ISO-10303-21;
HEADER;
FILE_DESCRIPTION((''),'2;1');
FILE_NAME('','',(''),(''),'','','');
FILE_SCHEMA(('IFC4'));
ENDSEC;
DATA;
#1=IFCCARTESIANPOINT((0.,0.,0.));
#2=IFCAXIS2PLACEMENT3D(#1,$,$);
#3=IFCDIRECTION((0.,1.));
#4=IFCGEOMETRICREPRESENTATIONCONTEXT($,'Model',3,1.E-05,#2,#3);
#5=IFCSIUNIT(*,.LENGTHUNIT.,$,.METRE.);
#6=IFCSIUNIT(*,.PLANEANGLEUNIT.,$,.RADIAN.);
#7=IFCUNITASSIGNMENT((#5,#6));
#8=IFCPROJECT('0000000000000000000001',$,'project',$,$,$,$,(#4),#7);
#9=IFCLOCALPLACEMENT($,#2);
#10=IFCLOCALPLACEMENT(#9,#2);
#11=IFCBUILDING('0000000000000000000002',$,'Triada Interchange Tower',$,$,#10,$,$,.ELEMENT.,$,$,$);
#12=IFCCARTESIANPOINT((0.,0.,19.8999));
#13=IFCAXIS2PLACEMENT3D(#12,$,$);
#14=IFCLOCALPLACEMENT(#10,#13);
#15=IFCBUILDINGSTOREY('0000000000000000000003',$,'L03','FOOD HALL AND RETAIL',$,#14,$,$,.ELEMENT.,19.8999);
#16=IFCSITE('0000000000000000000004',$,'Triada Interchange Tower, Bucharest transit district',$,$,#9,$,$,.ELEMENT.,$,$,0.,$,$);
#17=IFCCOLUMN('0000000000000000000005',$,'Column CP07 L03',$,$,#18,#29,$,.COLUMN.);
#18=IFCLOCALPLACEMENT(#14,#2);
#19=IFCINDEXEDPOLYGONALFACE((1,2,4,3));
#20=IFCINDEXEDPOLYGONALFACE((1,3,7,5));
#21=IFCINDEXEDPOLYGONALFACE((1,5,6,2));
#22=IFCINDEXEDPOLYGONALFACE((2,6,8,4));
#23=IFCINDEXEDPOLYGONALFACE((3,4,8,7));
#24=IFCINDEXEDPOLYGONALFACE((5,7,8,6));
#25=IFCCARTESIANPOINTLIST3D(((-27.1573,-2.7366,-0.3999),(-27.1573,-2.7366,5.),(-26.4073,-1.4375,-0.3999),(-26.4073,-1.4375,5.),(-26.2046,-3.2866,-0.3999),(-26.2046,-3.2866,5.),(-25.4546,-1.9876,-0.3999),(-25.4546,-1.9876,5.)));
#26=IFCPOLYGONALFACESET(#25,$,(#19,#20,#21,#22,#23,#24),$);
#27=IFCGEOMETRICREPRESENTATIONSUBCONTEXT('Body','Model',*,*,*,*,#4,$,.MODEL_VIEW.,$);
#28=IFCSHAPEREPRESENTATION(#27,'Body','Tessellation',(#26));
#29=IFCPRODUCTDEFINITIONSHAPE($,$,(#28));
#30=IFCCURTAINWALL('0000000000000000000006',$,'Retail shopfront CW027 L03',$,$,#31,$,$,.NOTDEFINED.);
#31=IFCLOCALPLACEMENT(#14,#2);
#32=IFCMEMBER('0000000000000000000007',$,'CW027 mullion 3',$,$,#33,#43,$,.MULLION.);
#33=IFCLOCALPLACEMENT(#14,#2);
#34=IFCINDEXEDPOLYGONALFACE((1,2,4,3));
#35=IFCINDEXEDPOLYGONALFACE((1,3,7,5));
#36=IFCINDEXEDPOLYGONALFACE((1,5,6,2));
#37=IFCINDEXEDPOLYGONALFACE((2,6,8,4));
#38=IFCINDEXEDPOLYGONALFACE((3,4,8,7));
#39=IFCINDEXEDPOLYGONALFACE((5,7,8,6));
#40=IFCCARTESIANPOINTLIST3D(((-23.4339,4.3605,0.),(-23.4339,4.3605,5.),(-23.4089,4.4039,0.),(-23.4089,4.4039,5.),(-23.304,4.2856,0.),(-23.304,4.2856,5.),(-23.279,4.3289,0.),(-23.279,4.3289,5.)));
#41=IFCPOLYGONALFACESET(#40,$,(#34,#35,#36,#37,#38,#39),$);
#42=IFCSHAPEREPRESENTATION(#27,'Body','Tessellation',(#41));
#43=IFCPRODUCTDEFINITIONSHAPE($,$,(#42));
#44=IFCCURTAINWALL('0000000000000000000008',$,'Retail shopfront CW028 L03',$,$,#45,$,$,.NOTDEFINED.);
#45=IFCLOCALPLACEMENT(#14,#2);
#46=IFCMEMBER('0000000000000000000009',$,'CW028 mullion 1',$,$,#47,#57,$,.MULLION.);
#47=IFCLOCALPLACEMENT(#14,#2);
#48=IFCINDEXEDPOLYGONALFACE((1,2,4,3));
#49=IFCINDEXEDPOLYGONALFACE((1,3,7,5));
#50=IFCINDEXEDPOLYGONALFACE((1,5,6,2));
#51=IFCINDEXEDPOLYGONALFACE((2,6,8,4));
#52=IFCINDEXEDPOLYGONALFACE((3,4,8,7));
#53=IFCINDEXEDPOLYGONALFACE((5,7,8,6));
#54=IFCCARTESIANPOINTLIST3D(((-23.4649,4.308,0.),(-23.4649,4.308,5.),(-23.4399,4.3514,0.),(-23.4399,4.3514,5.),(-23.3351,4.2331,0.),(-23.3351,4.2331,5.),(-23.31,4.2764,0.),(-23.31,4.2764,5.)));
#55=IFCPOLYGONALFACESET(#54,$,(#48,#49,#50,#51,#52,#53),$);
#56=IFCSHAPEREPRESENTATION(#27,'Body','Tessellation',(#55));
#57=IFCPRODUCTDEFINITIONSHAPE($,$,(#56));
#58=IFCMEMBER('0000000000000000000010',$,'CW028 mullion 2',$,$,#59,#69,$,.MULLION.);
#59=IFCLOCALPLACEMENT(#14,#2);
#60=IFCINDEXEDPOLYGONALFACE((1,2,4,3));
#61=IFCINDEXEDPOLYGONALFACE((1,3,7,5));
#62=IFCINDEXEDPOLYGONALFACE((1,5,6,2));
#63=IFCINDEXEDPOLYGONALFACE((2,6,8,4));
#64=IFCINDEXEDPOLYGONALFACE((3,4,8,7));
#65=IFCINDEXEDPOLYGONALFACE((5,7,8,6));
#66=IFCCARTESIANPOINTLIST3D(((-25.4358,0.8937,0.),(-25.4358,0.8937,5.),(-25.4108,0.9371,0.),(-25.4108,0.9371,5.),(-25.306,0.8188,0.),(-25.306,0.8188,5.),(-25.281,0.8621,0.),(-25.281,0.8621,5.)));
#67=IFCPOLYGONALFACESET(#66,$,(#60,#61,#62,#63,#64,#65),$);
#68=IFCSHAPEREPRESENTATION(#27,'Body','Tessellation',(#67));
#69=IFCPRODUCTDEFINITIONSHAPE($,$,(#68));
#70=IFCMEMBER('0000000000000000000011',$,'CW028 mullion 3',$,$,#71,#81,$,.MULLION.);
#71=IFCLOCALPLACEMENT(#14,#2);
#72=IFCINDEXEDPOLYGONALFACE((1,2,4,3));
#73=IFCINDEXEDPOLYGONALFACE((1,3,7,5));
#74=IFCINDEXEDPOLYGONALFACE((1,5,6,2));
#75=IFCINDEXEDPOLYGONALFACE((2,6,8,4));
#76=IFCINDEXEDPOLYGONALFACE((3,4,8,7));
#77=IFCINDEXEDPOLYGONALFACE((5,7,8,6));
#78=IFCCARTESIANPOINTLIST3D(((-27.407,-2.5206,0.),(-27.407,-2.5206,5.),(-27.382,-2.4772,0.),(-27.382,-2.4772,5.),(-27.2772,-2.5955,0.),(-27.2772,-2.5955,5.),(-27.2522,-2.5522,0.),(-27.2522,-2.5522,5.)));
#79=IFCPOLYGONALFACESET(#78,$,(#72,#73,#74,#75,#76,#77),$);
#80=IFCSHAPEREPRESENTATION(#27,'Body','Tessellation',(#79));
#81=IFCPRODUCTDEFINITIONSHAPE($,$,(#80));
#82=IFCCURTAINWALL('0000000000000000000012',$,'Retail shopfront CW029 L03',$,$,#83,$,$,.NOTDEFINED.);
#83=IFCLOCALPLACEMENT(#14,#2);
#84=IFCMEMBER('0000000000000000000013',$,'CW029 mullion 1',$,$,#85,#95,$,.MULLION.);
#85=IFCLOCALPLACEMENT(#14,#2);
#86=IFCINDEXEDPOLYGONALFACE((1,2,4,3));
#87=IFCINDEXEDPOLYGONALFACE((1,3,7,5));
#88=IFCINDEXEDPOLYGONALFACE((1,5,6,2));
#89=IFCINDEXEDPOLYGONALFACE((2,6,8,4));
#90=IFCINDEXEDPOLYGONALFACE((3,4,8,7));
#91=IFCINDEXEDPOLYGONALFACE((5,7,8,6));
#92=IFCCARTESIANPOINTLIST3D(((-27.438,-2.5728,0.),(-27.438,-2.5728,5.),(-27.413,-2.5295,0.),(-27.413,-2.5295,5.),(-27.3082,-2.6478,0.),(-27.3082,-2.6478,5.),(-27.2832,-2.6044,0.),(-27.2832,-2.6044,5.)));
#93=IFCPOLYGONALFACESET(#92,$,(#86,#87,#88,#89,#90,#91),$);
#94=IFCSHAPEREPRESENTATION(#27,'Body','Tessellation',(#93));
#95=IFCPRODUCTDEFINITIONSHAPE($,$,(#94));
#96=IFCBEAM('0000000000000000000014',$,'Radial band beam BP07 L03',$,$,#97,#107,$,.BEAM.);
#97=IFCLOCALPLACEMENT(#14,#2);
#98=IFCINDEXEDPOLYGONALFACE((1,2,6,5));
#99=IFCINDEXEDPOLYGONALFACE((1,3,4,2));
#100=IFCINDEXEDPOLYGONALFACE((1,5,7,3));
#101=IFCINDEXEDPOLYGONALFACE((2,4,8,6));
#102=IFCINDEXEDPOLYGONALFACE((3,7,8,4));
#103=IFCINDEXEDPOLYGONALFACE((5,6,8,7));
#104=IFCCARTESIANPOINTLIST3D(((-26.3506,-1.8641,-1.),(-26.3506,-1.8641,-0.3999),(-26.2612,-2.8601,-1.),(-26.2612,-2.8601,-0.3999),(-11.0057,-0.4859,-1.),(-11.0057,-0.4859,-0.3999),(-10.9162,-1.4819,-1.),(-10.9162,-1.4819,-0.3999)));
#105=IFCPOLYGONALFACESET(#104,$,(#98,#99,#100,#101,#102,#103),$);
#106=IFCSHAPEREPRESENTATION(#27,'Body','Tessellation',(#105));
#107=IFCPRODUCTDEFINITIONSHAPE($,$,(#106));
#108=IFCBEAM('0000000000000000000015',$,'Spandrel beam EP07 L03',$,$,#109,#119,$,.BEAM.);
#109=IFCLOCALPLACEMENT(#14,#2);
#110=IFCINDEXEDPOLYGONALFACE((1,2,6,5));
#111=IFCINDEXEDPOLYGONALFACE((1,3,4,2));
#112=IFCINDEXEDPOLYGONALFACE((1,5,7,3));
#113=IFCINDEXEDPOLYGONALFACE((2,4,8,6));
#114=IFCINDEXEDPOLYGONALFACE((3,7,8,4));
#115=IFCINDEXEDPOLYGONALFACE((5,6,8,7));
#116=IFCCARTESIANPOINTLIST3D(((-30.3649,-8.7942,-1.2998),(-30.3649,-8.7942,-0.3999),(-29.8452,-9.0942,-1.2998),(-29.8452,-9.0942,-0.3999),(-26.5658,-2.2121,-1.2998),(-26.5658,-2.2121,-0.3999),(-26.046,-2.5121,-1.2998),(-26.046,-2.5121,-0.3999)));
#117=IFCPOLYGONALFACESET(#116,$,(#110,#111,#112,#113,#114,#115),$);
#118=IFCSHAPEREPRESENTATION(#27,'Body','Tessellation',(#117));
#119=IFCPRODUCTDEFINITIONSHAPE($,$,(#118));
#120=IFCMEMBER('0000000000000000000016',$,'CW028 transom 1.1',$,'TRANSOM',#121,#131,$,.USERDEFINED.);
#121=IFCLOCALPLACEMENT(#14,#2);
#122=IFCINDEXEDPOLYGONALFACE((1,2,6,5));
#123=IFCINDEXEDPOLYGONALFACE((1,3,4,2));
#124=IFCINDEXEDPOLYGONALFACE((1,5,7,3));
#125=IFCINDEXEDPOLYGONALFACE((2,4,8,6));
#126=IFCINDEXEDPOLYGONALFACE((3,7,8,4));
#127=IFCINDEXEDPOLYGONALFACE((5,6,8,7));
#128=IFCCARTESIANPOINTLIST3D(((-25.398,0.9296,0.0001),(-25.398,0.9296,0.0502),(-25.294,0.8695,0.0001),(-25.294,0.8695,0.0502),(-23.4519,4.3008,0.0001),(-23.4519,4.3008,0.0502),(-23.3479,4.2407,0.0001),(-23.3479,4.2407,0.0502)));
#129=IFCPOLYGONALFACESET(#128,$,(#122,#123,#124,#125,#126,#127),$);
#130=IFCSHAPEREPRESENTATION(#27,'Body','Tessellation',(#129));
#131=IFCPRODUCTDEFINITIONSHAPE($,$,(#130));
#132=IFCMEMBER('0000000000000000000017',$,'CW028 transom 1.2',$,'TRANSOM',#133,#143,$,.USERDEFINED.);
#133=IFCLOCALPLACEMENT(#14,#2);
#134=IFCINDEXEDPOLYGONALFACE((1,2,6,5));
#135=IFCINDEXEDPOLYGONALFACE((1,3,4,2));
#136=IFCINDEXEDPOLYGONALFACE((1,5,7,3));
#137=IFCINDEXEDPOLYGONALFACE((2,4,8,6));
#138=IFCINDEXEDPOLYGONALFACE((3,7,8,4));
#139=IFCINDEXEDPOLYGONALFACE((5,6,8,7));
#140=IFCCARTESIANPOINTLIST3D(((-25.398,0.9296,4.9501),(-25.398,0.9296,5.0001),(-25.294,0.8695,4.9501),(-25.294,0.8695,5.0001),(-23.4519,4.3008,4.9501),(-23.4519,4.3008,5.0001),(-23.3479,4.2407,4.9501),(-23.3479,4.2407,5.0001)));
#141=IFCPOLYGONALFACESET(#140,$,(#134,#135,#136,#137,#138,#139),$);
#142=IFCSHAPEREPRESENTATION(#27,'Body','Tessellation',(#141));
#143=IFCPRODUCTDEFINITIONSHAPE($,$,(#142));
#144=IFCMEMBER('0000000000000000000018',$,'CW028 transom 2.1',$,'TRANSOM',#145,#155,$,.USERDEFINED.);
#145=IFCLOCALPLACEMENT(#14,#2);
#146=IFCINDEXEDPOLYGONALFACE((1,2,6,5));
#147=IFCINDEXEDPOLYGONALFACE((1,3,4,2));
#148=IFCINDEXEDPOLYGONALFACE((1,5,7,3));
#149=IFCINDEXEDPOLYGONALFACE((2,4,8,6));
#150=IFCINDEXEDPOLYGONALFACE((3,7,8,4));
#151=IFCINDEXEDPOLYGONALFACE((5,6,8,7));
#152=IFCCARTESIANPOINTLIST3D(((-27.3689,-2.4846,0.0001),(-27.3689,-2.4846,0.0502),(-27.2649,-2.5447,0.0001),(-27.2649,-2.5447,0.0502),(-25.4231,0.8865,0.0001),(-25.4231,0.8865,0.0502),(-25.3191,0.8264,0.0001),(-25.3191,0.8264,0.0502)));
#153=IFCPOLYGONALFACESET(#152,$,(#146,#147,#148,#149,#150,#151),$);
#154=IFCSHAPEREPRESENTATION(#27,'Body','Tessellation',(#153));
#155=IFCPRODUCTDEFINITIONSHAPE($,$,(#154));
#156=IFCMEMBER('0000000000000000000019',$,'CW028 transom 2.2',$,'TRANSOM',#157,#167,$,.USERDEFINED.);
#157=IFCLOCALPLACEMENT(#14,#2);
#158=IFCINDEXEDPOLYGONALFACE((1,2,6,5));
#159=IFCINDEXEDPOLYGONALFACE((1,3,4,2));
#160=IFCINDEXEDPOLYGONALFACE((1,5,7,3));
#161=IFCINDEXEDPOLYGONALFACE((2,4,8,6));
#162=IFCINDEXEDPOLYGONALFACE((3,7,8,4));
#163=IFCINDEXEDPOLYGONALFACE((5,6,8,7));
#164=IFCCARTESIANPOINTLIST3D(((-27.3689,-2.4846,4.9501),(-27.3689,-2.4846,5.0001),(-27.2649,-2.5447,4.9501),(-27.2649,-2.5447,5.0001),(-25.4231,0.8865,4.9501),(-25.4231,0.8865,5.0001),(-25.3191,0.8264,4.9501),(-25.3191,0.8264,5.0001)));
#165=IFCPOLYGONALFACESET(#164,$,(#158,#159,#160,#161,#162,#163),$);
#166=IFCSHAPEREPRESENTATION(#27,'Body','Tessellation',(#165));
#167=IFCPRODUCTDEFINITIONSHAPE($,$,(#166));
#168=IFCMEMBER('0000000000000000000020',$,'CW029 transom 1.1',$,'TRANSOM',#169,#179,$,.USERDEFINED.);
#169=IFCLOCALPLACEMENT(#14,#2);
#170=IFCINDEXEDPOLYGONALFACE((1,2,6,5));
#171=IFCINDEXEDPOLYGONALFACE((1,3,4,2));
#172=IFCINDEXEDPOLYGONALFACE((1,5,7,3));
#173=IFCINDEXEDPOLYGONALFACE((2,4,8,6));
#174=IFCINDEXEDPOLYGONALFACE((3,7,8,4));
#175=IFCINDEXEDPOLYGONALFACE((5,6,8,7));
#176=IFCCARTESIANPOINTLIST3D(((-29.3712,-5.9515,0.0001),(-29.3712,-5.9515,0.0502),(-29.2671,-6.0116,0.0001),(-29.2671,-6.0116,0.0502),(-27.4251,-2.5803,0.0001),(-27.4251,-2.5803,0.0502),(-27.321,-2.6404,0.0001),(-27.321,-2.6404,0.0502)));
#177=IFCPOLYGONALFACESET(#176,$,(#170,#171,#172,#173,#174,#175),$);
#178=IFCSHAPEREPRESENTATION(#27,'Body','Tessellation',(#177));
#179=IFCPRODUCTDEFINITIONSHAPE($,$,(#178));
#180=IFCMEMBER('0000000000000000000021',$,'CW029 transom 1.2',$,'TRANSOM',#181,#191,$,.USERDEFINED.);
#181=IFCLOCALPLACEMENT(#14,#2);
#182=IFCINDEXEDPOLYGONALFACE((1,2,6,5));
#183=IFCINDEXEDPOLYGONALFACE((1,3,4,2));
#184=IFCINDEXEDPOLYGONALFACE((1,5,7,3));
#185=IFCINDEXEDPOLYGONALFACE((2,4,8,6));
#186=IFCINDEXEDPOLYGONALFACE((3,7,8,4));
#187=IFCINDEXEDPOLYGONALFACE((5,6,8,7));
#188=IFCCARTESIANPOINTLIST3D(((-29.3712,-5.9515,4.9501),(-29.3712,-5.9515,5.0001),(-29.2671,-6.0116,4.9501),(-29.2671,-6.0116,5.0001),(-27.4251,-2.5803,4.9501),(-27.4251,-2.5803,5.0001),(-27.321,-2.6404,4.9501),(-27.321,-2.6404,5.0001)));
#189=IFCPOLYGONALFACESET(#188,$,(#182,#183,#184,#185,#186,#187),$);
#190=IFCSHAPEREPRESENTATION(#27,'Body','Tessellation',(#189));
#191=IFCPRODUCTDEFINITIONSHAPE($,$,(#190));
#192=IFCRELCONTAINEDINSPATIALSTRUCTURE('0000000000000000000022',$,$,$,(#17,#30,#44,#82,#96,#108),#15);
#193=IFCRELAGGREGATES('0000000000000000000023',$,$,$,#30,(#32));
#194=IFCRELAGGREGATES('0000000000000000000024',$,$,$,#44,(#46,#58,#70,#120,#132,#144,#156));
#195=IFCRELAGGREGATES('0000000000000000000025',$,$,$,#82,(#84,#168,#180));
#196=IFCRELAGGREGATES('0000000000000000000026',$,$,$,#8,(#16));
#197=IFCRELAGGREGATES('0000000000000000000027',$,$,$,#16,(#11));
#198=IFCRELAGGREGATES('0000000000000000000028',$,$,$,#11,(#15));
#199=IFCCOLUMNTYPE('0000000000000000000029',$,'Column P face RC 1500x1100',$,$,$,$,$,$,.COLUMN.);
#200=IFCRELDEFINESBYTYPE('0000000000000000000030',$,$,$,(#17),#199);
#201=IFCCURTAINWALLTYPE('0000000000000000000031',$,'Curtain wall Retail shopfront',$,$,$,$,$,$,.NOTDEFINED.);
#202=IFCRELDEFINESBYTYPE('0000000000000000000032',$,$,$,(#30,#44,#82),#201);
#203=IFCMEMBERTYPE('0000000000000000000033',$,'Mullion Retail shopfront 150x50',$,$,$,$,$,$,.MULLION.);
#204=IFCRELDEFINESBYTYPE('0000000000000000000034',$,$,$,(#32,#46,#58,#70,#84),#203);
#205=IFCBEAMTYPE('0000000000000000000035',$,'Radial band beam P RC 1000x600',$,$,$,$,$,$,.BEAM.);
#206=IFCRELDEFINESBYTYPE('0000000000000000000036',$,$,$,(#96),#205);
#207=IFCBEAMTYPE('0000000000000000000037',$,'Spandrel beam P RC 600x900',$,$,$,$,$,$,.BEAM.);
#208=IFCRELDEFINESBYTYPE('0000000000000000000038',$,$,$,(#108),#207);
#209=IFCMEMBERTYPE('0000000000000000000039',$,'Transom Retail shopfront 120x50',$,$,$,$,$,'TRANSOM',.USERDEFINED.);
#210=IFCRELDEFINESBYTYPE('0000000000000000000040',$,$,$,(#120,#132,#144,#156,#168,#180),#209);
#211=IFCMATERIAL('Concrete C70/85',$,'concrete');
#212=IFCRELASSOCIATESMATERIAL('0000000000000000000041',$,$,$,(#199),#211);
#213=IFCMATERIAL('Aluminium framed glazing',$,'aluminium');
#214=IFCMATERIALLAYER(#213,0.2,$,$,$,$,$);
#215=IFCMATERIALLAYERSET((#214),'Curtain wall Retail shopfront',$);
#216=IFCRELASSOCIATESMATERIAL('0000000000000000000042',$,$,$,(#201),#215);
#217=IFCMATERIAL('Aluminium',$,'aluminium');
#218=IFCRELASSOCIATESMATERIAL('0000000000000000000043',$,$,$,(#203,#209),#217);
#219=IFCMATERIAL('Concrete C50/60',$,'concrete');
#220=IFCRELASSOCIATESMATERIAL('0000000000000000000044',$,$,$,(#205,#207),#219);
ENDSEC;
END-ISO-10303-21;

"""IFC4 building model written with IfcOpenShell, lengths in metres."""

from ifc_helpers import new_model, si_unit, direction, frame, origin, origin_2d, place, context, subcontext, project, spatial, rectangle, extrude, material, layer, layer_set, material_profile, profile_set, type_object, element, aggregate, save


model = new_model("IFC4")

# Units and contexts
model_context = context("Model", 3, precision=1e-05, world=origin(), true_north=direction((0.0, 1.0)))
body_context = subcontext(model_context, "Body", "Model", "MODEL_VIEW")
ifc_project = project(units=[si_unit("LENGTHUNIT", "METRE"), si_unit("PLANEANGLEUNIT", "RADIAN")], contexts=[model_context])

# Site, building, storey
site_placement = place(None, origin())
site = spatial("IfcSite", under=ifc_project, at=site_placement, Name="Triada Interchange Tower, Bucharest transit district", CompositionType="ELEMENT", RefElevation=0.0)
building_placement = place(site_placement, origin())
building = spatial("IfcBuilding", under=site, at=building_placement, Name="Triada Interchange Tower", CompositionType="ELEMENT")
storey_placement = place(building_placement, frame((0.0, 0.0, 19.8999)))
storey = spatial("IfcBuildingStorey", under=building, at=storey_placement, Name="L03", Description="FOOD HALL AND RETAIL", CompositionType="ELEMENT", Elevation=19.8999)

# Column
ifc_material_1 = material(Name="Concrete C70/85", Category="concrete")
ifc_material_profile_1 = material_profile(ifc_material_1, rectangle(XDim=1.5, YDim=1.1001, at=origin_2d()), Name="RC 1500x1100")
ifc_profile_set_1 = profile_set([ifc_material_profile_1], Name="Concrete C70/85")
column_type = type_object("IfcColumnType", Name="Column P face RC 1500x1100", PredefinedType="COLUMN", material=ifc_profile_set_1)
column_placement = place(storey_placement, frame((-26.3059, -2.3621, -0.3999), z_axis=(0.0, 0.0, 1.0), x_axis=(0.5, 0.866025, 0.0)))
element("IfcColumn", 1, at=column_placement, inside=storey, type_object=column_type, Name="Column CP07 L03", PredefinedType="COLUMN", context=body_context, shape_type="SweptSolid", body=[
    extrude(rectangle(XDim=1.5, YDim=1.1001, at=origin_2d()), origin(), (0.0, 0.0, 1.0), 5.3999),
])

# Curtain wall, member
ifc_material_2 = material(Name="Aluminium framed glazing", Category="aluminium")
ifc_layer_1 = layer(ifc_material_2, 0.2)
ifc_layer_set_1 = layer_set([ifc_layer_1], Name="Curtain wall Retail shopfront")
curtain_wall_type = type_object("IfcCurtainWallType", Name="Curtain wall Retail shopfront", PredefinedType="NOTDEFINED", material=ifc_layer_set_1)
curtain_wall_1_placement = place(storey_placement, origin())
curtain_wall_1 = element("IfcCurtainWall", 2, at=curtain_wall_1_placement, inside=storey, type_object=curtain_wall_type, Name="Retail shopfront CW027 L03", PredefinedType="NOTDEFINED")
ifc_material_3 = material(Name="Aluminium", Category="aluminium")
ifc_material_profile_2 = material_profile(ifc_material_3, rectangle(XDim=0.1499, YDim=0.05, at=origin_2d()), Name="Aluminium mullion")
ifc_profile_set_2 = profile_set([ifc_material_profile_2], Name="Aluminium")
member_type_1 = type_object("IfcMemberType", Name="Mullion Retail shopfront 150x50", PredefinedType="MULLION", material=ifc_profile_set_2)
member_1_placement = place(storey_placement, frame((-23.3564, 4.3447, 0.0), z_axis=(0.0, 0.0, 1.0), x_axis=(0.866087, -0.499893, 0.0)))
member_1 = element("IfcMember", 3, at=member_1_placement, type_object=member_type_1, Name="CW027 mullion 3", PredefinedType="MULLION", context=body_context, shape_type="SweptSolid", body=[
    extrude(rectangle(XDim=0.1499, YDim=0.05, at=origin_2d()), origin(), (0.0, 0.0, 1.0), 5.0),
])
aggregate(curtain_wall_1, [member_1])

# Curtain wall, members
curtain_wall_2_placement = place(storey_placement, origin())
curtain_wall_2 = element("IfcCurtainWall", 4, at=curtain_wall_2_placement, inside=storey, type_object=curtain_wall_type, Name="Retail shopfront CW028 L03", PredefinedType="NOTDEFINED")
member_2_placement = place(storey_placement, frame((-23.3875, 4.2922, 0.0), z_axis=(0.0, 0.0, 1.0), x_axis=(0.866055, -0.499948, 0.0)))
member_2 = element("IfcMember", 5, at=member_2_placement, type_object=member_type_1, Name="CW028 mullion 1", PredefinedType="MULLION", context=body_context, shape_type="SweptSolid", body=[
    extrude(rectangle(XDim=0.1499, YDim=0.05, at=origin_2d()), origin(), (0.0, 0.0, 1.0), 5.0),
])
member_3_placement = place(storey_placement, frame((-25.3584, 0.8779, 0.0), z_axis=(0.0, 0.0, 1.0), x_axis=(0.866055, -0.499948, 0.0)))
member_3 = element("IfcMember", 6, at=member_3_placement, type_object=member_type_1, Name="CW028 mullion 2", PredefinedType="MULLION", context=body_context, shape_type="SweptSolid", body=[
    extrude(rectangle(XDim=0.1499, YDim=0.05, at=origin_2d()), origin(), (0.0, 0.0, 1.0), 5.0),
])
member_4_placement = place(storey_placement, frame((-27.3296, -2.5364, 0.0), z_axis=(0.0, 0.0, 1.0), x_axis=(0.866055, -0.499948, 0.0)))
member_4 = element("IfcMember", 7, at=member_4_placement, type_object=member_type_1, Name="CW028 mullion 3", PredefinedType="MULLION", context=body_context, shape_type="SweptSolid", body=[
    extrude(rectangle(XDim=0.1499, YDim=0.05, at=origin_2d()), origin(), (0.0, 0.0, 1.0), 5.0),
])

# Curtain wall, member
curtain_wall_3_placement = place(storey_placement, origin())
curtain_wall_3 = element("IfcCurtainWall", 8, at=curtain_wall_3_placement, inside=storey, type_object=curtain_wall_type, Name="Retail shopfront CW029 L03", PredefinedType="NOTDEFINED")
member_5_placement = place(storey_placement, frame((-27.3606, -2.5886, 0.0), z_axis=(0.0, 0.0, 1.0), x_axis=(0.866055, -0.499948, 0.0)))
member_5 = element("IfcMember", 9, at=member_5_placement, type_object=member_type_1, Name="CW029 mullion 1", PredefinedType="MULLION", context=body_context, shape_type="SweptSolid", body=[
    extrude(rectangle(XDim=0.1499, YDim=0.05, at=origin_2d()), origin(), (0.0, 0.0, 1.0), 5.0),
])

# Beams
ifc_material_4 = material(Name="Concrete C50/60", Category="concrete")
ifc_material_profile_3 = material_profile(ifc_material_4, rectangle(XDim=1.0, YDim=0.6001, at=origin_2d()), Name="RC 1000x600")
ifc_profile_set_3 = profile_set([ifc_material_profile_3], Name="Concrete C50/60")
beam_type_1 = type_object("IfcBeamType", Name="Radial band beam P RC 1000x600", PredefinedType="BEAM", material=ifc_profile_set_3)
beam_1_placement = place(storey_placement, frame((-26.3059, -2.3621, -0.7), z_axis=(0.995991, 0.089453, 0.0), x_axis=(-0.089453, 0.995991, 0.0)))
element("IfcBeam", 10, at=beam_1_placement, inside=storey, type_object=beam_type_1, Name="Radial band beam BP07 L03", PredefinedType="BEAM", context=body_context, shape_type="SweptSolid", body=[
    extrude(rectangle(XDim=1.0, YDim=0.6001, at=origin_2d()), origin(), (0.0, 0.0, 1.0), 15.4067),
])
ifc_material_profile_4 = material_profile(ifc_material_4, rectangle(XDim=0.6001, YDim=0.8999, at=origin_2d()), Name="RC 600x900")
ifc_profile_set_4 = profile_set([ifc_material_profile_4], Name="Concrete C50/60")
beam_type_2 = type_object("IfcBeamType", Name="Spandrel beam P RC 600x900", PredefinedType="BEAM", material=ifc_profile_set_4)
beam_2_placement = place(storey_placement, frame((-26.3059, -2.3621, -0.8499), z_axis=(-0.499895, -0.866086, 0.0), x_axis=(0.866086, -0.499895, 0.0)))
element("IfcBeam", 11, at=beam_2_placement, inside=storey, type_object=beam_type_2, Name="Spandrel beam EP07 L03", PredefinedType="BEAM", context=body_context, shape_type="SweptSolid", body=[
    extrude(rectangle(XDim=0.6001, YDim=0.8999, at=origin_2d()), origin(), (0.0, 0.0, 1.0), 7.5999),
])

# Members
ifc_material_profile_5 = material_profile(ifc_material_3, rectangle(XDim=0.1201, YDim=0.05, at=origin_2d()), Name="Aluminium transom")
ifc_profile_set_5 = profile_set([ifc_material_profile_5], Name="Aluminium")
member_type_2 = type_object("IfcMemberType", Name="Transom Retail shopfront 120x50", ElementType="TRANSOM", PredefinedType="USERDEFINED", material=ifc_profile_set_5)
member_6_placement = place(storey_placement, frame((-23.3999, 4.2708, 0.0251), z_axis=(-0.49995, -0.866054, 0.0), x_axis=(0.866054, -0.49995, 0.0)))
member_6 = element("IfcMember", 12, at=member_6_placement, type_object=member_type_2, Name="CW028 transom 1.1", ObjectType="TRANSOM", PredefinedType="USERDEFINED", context=body_context, shape_type="SweptSolid", body=[
    extrude(rectangle(XDim=0.1201, YDim=0.05, at=origin_2d()), origin(), (0.0, 0.0, 1.0), 3.8926),
])
member_7_placement = place(storey_placement, frame((-23.3999, 4.2708, 4.9751), z_axis=(-0.49995, -0.866054, 0.0), x_axis=(0.866054, -0.49995, 0.0)))
member_7 = element("IfcMember", 13, at=member_7_placement, type_object=member_type_2, Name="CW028 transom 1.2", ObjectType="TRANSOM", PredefinedType="USERDEFINED", context=body_context, shape_type="SweptSolid", body=[
    extrude(rectangle(XDim=0.1201, YDim=0.05, at=origin_2d()), origin(), (0.0, 0.0, 1.0), 3.8926),
])
member_8_placement = place(storey_placement, frame((-25.3711, 0.8564, 0.0251), z_axis=(-0.499903, -0.866081, 0.0), x_axis=(0.866081, -0.499903, 0.0)))
member_8 = element("IfcMember", 14, at=member_8_placement, type_object=member_type_2, Name="CW028 transom 2.1", ObjectType="TRANSOM", PredefinedType="USERDEFINED", context=body_context, shape_type="SweptSolid", body=[
    extrude(rectangle(XDim=0.1201, YDim=0.05, at=origin_2d()), origin(), (0.0, 0.0, 1.0), 3.8923),
])
member_9_placement = place(storey_placement, frame((-25.3711, 0.8564, 4.9751), z_axis=(-0.499903, -0.866081, 0.0), x_axis=(0.866081, -0.499903, 0.0)))
member_9 = element("IfcMember", 15, at=member_9_placement, type_object=member_type_2, Name="CW028 transom 2.2", ObjectType="TRANSOM", PredefinedType="USERDEFINED", context=body_context, shape_type="SweptSolid", body=[
    extrude(rectangle(XDim=0.1201, YDim=0.05, at=origin_2d()), origin(), (0.0, 0.0, 1.0), 3.8923),
])
member_10_placement = place(storey_placement, frame((-27.373, -2.6104, 0.0251), z_axis=(-0.49995, -0.866054, 0.0), x_axis=(0.866054, -0.49995, 0.0)))
member_10 = element("IfcMember", 16, at=member_10_placement, type_object=member_type_2, Name="CW029 transom 1.1", ObjectType="TRANSOM", PredefinedType="USERDEFINED", context=body_context, shape_type="SweptSolid", body=[
    extrude(rectangle(XDim=0.1201, YDim=0.05, at=origin_2d()), origin(), (0.0, 0.0, 1.0), 3.8926),
])
member_11_placement = place(storey_placement, frame((-27.373, -2.6104, 4.9751), z_axis=(-0.49995, -0.866054, 0.0), x_axis=(0.866054, -0.49995, 0.0)))
member_11 = element("IfcMember", 17, at=member_11_placement, type_object=member_type_2, Name="CW029 transom 1.2", ObjectType="TRANSOM", PredefinedType="USERDEFINED", context=body_context, shape_type="SweptSolid", body=[
    extrude(rectangle(XDim=0.1201, YDim=0.05, at=origin_2d()), origin(), (0.0, 0.0, 1.0), 3.8926),
])

aggregate(curtain_wall_2, [member_2, member_3, member_4, member_6, member_7, member_8, member_9])
aggregate(curtain_wall_3, [member_5, member_10, member_11])

save(model, "model.ifc")
